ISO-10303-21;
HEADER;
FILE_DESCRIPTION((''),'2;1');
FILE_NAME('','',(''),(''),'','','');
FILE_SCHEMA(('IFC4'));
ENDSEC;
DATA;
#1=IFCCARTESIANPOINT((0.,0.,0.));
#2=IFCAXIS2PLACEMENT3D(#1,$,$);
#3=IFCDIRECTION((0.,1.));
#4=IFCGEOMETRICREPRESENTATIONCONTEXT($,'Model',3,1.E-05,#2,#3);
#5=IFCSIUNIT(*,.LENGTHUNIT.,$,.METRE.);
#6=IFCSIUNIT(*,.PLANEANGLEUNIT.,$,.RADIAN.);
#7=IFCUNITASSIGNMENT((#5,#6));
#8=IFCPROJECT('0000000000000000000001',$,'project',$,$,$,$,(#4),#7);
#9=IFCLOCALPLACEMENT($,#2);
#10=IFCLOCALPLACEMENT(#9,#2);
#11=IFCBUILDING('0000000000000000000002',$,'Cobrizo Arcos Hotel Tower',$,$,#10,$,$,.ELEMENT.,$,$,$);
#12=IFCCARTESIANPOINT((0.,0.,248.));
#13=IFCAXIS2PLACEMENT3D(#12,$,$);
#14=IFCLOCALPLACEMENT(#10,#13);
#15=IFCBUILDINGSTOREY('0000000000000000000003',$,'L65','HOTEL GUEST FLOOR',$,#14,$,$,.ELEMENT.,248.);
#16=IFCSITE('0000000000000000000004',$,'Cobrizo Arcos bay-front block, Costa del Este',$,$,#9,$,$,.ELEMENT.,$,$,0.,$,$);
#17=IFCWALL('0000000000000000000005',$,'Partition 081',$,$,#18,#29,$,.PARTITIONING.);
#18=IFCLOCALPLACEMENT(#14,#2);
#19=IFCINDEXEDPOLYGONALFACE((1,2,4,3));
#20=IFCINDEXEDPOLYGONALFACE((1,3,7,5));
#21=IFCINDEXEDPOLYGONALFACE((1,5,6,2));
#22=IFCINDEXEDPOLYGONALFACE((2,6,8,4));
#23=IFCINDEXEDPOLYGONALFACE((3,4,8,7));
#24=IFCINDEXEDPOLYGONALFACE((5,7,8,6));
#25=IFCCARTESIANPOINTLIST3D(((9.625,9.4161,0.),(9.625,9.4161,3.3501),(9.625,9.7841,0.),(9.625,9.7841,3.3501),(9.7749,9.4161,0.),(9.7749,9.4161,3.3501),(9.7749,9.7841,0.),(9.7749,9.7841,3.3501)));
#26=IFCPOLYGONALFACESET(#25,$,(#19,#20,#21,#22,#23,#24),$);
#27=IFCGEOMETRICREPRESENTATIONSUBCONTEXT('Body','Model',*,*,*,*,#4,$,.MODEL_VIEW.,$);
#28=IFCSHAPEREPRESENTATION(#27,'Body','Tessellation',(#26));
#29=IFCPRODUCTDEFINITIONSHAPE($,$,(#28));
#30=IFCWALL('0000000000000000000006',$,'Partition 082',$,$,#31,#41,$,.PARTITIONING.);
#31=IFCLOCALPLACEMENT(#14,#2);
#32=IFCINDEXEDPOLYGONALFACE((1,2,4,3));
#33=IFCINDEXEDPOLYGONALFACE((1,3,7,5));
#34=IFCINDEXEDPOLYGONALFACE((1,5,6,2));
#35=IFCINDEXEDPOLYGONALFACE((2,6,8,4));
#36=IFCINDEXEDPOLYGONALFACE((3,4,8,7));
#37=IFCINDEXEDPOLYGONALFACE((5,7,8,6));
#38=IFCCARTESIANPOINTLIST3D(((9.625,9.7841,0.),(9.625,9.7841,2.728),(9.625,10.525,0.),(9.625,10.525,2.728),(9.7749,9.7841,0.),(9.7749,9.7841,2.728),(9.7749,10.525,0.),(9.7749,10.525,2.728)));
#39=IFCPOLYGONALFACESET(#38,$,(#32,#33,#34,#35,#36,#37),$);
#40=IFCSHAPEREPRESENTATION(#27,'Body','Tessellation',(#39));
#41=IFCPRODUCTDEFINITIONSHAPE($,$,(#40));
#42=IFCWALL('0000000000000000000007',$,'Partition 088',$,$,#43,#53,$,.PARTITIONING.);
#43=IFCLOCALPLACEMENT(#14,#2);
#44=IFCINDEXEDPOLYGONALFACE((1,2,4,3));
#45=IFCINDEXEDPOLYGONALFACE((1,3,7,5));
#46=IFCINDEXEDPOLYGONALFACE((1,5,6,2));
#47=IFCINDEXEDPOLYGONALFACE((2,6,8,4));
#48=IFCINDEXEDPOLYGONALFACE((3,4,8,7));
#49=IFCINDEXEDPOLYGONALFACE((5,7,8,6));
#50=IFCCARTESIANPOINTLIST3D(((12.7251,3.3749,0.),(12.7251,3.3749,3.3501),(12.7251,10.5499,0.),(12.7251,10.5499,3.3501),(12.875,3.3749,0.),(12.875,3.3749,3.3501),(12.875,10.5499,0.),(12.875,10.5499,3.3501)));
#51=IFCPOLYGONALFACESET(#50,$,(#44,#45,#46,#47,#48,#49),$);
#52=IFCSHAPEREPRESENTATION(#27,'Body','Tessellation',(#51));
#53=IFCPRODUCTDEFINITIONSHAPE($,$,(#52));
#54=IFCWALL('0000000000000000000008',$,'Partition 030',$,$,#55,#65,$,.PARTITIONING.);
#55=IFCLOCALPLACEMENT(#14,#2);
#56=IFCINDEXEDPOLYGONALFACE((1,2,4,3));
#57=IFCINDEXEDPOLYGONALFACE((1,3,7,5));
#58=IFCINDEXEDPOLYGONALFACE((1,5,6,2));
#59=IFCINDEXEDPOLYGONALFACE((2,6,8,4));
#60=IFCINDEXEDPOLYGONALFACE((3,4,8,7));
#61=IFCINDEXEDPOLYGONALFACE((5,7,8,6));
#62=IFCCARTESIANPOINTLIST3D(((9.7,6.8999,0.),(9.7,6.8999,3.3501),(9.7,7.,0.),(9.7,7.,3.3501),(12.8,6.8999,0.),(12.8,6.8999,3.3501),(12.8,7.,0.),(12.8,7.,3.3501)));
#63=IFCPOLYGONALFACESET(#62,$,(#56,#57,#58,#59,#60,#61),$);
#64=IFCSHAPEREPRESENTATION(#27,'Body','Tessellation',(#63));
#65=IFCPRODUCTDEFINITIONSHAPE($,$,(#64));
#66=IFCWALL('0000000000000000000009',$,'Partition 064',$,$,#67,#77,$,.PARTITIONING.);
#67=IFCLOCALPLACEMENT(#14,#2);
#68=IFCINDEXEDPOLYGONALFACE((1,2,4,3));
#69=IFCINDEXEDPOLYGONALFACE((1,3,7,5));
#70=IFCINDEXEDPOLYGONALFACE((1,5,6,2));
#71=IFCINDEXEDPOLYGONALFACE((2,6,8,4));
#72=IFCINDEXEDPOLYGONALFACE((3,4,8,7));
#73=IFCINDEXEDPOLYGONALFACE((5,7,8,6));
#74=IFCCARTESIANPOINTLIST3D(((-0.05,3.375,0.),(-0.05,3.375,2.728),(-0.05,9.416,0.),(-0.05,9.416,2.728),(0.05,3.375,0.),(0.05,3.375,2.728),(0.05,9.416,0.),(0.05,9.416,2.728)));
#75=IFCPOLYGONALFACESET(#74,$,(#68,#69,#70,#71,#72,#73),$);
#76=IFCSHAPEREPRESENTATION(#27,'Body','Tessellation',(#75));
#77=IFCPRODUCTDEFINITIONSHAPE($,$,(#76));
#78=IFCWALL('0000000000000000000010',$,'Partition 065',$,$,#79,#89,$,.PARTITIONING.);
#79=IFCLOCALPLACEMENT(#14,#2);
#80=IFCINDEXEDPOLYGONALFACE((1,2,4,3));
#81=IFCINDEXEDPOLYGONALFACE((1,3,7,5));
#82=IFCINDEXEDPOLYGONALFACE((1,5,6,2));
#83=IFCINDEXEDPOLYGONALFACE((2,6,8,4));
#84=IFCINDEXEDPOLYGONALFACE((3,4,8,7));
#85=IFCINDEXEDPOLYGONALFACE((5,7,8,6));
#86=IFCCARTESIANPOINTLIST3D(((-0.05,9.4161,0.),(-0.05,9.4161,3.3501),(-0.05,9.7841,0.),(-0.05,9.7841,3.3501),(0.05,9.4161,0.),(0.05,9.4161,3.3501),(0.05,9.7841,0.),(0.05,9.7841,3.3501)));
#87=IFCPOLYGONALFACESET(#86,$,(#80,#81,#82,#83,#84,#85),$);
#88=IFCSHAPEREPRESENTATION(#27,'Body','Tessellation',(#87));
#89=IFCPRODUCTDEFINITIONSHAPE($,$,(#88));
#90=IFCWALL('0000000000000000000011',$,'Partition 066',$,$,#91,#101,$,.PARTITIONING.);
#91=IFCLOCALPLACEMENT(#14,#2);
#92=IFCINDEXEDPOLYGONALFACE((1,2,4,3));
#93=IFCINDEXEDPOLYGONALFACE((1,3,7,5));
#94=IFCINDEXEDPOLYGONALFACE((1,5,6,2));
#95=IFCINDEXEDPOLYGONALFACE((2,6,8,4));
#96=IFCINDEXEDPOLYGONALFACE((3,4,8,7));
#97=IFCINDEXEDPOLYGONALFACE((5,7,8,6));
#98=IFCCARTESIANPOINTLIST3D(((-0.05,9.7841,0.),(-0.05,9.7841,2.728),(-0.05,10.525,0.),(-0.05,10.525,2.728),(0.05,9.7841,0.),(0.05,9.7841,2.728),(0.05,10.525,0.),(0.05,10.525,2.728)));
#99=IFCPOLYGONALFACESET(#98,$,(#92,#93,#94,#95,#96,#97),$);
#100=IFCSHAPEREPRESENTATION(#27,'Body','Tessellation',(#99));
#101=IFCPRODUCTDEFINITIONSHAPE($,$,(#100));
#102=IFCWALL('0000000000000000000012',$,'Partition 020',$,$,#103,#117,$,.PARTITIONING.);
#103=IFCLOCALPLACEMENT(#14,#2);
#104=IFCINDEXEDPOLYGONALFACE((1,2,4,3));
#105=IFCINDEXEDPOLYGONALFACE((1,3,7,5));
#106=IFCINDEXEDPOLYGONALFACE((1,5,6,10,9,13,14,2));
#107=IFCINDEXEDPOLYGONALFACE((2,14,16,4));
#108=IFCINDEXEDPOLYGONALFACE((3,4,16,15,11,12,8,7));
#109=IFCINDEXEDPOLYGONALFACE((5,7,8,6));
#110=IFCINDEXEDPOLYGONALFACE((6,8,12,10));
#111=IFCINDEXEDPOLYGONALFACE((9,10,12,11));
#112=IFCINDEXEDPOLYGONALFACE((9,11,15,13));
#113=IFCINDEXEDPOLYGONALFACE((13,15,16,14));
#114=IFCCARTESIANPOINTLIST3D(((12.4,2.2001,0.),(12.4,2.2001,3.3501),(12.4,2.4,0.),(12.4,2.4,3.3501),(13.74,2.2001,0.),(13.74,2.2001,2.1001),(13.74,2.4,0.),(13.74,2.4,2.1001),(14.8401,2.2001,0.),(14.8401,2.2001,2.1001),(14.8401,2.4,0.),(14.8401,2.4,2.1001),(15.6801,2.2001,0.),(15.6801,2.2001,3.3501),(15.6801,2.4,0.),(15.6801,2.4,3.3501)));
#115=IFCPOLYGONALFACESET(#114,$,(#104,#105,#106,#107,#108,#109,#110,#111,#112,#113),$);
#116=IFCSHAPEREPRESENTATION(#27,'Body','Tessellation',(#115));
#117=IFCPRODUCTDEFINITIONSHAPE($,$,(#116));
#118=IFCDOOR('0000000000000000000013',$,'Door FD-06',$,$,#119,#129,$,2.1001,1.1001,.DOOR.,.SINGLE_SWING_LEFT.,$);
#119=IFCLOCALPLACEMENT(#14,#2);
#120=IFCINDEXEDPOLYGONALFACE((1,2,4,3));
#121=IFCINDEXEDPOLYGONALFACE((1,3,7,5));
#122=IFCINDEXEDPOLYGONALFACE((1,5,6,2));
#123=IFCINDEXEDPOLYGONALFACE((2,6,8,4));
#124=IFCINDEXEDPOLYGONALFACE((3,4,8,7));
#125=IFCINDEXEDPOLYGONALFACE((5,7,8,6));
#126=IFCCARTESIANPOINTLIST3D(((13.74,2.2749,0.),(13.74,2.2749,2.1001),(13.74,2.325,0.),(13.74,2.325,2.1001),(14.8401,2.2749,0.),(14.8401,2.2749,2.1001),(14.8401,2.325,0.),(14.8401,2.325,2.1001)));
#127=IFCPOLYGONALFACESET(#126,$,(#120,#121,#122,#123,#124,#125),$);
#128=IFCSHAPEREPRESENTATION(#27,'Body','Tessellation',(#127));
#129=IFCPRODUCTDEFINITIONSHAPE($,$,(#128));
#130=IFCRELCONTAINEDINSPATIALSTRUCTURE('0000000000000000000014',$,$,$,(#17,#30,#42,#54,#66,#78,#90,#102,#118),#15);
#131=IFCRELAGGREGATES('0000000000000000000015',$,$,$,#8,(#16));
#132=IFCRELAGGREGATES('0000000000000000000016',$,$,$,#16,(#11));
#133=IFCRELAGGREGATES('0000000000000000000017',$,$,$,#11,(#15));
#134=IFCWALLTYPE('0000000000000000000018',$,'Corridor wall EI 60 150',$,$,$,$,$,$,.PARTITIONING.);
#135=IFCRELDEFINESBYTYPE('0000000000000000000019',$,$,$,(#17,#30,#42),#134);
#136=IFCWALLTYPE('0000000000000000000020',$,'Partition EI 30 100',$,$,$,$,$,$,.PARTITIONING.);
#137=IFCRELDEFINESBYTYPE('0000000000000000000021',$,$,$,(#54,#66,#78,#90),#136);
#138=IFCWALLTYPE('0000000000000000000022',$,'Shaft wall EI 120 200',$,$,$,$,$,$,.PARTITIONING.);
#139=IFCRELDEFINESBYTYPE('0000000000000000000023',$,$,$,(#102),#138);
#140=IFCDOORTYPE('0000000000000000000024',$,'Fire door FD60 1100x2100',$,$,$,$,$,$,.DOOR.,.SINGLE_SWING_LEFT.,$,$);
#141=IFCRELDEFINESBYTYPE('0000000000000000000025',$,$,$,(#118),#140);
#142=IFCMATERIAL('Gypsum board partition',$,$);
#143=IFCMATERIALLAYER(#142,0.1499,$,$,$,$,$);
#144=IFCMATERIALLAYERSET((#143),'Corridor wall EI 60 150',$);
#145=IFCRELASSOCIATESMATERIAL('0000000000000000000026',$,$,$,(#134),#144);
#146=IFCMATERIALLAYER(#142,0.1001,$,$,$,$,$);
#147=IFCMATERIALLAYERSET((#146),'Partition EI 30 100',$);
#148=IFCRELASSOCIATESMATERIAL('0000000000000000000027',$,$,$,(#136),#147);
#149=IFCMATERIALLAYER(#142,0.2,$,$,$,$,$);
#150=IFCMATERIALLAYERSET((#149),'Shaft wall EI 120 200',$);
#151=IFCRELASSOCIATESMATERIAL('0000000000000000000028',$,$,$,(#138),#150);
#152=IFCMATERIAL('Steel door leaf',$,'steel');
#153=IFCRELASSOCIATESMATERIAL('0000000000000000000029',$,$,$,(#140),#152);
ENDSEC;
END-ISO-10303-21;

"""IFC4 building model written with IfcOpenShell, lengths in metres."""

from ifc_helpers import new_model, si_unit, direction, frame, frame_2d, origin, place, context, subcontext, project, spatial, rectangle, extrude, material, layer, layer_set, type_object, element, fill, save


model = new_model("IFC4")

# Units and contexts
model_context = context("Model", 3, precision=1e-05, world=origin(), true_north=direction((0.0, 1.0)))
body_context = subcontext(model_context, "Body", "Model", "MODEL_VIEW")
ifc_project = project(units=[si_unit("LENGTHUNIT", "METRE"), si_unit("PLANEANGLEUNIT", "RADIAN")], contexts=[model_context])

# Site, building, storey
site_placement = place(None, origin())
site = spatial("IfcSite", under=ifc_project, at=site_placement, Name="Cobrizo Arcos bay-front block, Costa del Este", CompositionType="ELEMENT", RefElevation=0.0)
building_placement = place(site_placement, origin())
building = spatial("IfcBuilding", under=site, at=building_placement, Name="Cobrizo Arcos Hotel Tower", CompositionType="ELEMENT")
storey_placement = place(building_placement, frame((0.0, 0.0, 248.0)))
storey = spatial("IfcBuildingStorey", under=building, at=storey_placement, Name="L65", Description="HOTEL GUEST FLOOR", CompositionType="ELEMENT", Elevation=248.0)

# Shared definitions
ifc_material_1 = material(Name="Gypsum board partition")
ifc_layer_1 = layer(ifc_material_1, 0.1499)
ifc_layer_set_1 = layer_set([ifc_layer_1], Name="Corridor wall EI 60 150")
wall_type_1 = type_object("IfcWallType", Name="Corridor wall EI 60 150", PredefinedType="PARTITIONING", material=ifc_layer_set_1)

# Walls
wall_1_placement = place(storey_placement, frame((9.7, 9.416, 0.0), z_axis=(0.0, 0.0, 1.0), x_axis=(0.0, 1.0, 0.0)))
element("IfcWall", 1, at=wall_1_placement, inside=storey, type_object=wall_type_1, Name="Partition 081", PredefinedType="PARTITIONING", context=body_context, shape_type="SweptSolid", body=[
    extrude(rectangle(XDim=0.3679, YDim=0.1499, at=frame_2d((0.1841, 0.0))), origin(), (0.0, 0.0, 1.0), 3.3501),
])
wall_2_placement = place(storey_placement, frame((9.7, 9.7839, 0.0), z_axis=(0.0, 0.0, 1.0), x_axis=(0.0, 1.0, 0.0)))
element("IfcWall", 2, at=wall_2_placement, inside=storey, type_object=wall_type_1, Name="Partition 082", PredefinedType="PARTITIONING", context=body_context, shape_type="SweptSolid", body=[
    extrude(rectangle(XDim=0.741, YDim=0.1499, at=frame_2d((0.3706, 0.0))), origin(), (0.0, 0.0, 1.0), 2.728),
])
wall_3_placement = place(storey_placement, frame((12.8, 3.375, 0.0), z_axis=(0.0, 0.0, 1.0), x_axis=(0.0, 1.0, 0.0)))
element("IfcWall", 3, at=wall_3_placement, inside=storey, type_object=wall_type_1, Name="Partition 088", PredefinedType="PARTITIONING", context=body_context, shape_type="SweptSolid", body=[
    extrude(rectangle(XDim=7.175, YDim=0.1499, at=frame_2d((3.5874, 0.0))), origin(), (0.0, 0.0, 1.0), 3.3501),
])
ifc_layer_2 = layer(ifc_material_1, 0.1001)
ifc_layer_set_2 = layer_set([ifc_layer_2], Name="Partition EI 30 100")
wall_type_2 = type_object("IfcWallType", Name="Partition EI 30 100", PredefinedType="PARTITIONING", material=ifc_layer_set_2)
wall_4_placement = place(storey_placement, frame((9.7, 6.95, 0.0), z_axis=(0.0, 0.0, 1.0), x_axis=(1.0, 0.0, 0.0)))
element("IfcWall", 4, at=wall_4_placement, inside=storey, type_object=wall_type_2, Name="Partition 030", PredefinedType="PARTITIONING", context=body_context, shape_type="SweptSolid", body=[
    extrude(rectangle(XDim=3.1001, YDim=0.1001, at=frame_2d((1.55, 0.0))), origin(), (0.0, 0.0, 1.0), 3.3501),
])
wall_5_placement = place(storey_placement, frame((0.0, 3.375, 0.0), z_axis=(0.0, 0.0, 1.0), x_axis=(0.0, 1.0, 0.0)))
element("IfcWall", 5, at=wall_5_placement, inside=storey, type_object=wall_type_2, Name="Partition 064", PredefinedType="PARTITIONING", context=body_context, shape_type="SweptSolid", body=[
    extrude(rectangle(XDim=6.041, YDim=0.1001, at=frame_2d((3.0205, 0.0))), origin(), (0.0, 0.0, 1.0), 2.728),
])
wall_6_placement = place(storey_placement, frame((0.0, 9.416, 0.0), z_axis=(0.0, 0.0, 1.0), x_axis=(0.0, 1.0, 0.0)))
element("IfcWall", 6, at=wall_6_placement, inside=storey, type_object=wall_type_2, Name="Partition 065", PredefinedType="PARTITIONING", context=body_context, shape_type="SweptSolid", body=[
    extrude(rectangle(XDim=0.3679, YDim=0.1001, at=frame_2d((0.1841, 0.0))), origin(), (0.0, 0.0, 1.0), 3.3501),
])
wall_7_placement = place(storey_placement, frame((0.0, 9.7839, 0.0), z_axis=(0.0, 0.0, 1.0), x_axis=(0.0, 1.0, 0.0)))
element("IfcWall", 7, at=wall_7_placement, inside=storey, type_object=wall_type_2, Name="Partition 066", PredefinedType="PARTITIONING", context=body_context, shape_type="SweptSolid", body=[
    extrude(rectangle(XDim=0.741, YDim=0.1001, at=frame_2d((0.3706, 0.0))), origin(), (0.0, 0.0, 1.0), 2.728),
])

# Wall, opening, door
ifc_layer_3 = layer(ifc_material_1, 0.2)
ifc_layer_set_3 = layer_set([ifc_layer_3], Name="Shaft wall EI 120 200")
wall_type_3 = type_object("IfcWallType", Name="Shaft wall EI 120 200", PredefinedType="PARTITIONING", material=ifc_layer_set_3)
wall_8_placement = place(storey_placement, frame((12.3999, 2.3, 0.0), z_axis=(0.0, 0.0, 1.0), x_axis=(1.0, 0.0, 0.0)))
wall_8 = element("IfcWall", 8, at=wall_8_placement, inside=storey, type_object=wall_type_3, Name="Partition 020", PredefinedType="PARTITIONING", context=body_context, shape_type="SweptSolid", body=[
    extrude(rectangle(XDim=3.28, YDim=0.2, at=frame_2d((1.6401, 0.0))), origin(), (0.0, 0.0, 1.0), 3.3501),
])
opening_1_placement = place(wall_8_placement, frame((1.3401, 0.0, 0.0)))
opening_1 = element("IfcOpeningElement", 9, at=opening_1_placement, cuts=wall_8, PredefinedType="OPENING", context=body_context, shape_type="SweptSolid", body=[
    extrude(rectangle(XDim=1.1001, YDim=2.1001, at=frame_2d((0.55, 1.05))), frame((0.0, 0.1121, 0.0), z_axis=(0.0, -1.0, 0.0), x_axis=(1.0, 0.0, 0.0)), (0.0, 0.0, 1.0), 0.2239),
])
ifc_material_2 = material(Name="Steel door leaf", Category="steel")
door_type_1 = type_object("IfcDoorType", Name="Fire door FD60 1100x2100", OperationType="SINGLE_SWING_LEFT", PredefinedType="DOOR", material=ifc_material_2)
door_1_placement = place(opening_1_placement, origin())
door_1 = element("IfcDoor", 10, at=door_1_placement, inside=storey, type_object=door_type_1, Name="Door FD-06", OperationType="SINGLE_SWING_LEFT", OverallHeight=2.1001, OverallWidth=1.1001, PredefinedType="DOOR", context=body_context, shape_type="SweptSolid", body=[
    extrude(rectangle(XDim=1.1001, YDim=2.1001, at=frame_2d((0.55, 1.05))), frame((0.0, 0.0249, 0.0), z_axis=(0.0, -1.0, 0.0), x_axis=(1.0, 0.0, 0.0)), (0.0, 0.0, 1.0), 0.05),
])
fill(opening_1, door_1)

save(model, "model.ifc")
